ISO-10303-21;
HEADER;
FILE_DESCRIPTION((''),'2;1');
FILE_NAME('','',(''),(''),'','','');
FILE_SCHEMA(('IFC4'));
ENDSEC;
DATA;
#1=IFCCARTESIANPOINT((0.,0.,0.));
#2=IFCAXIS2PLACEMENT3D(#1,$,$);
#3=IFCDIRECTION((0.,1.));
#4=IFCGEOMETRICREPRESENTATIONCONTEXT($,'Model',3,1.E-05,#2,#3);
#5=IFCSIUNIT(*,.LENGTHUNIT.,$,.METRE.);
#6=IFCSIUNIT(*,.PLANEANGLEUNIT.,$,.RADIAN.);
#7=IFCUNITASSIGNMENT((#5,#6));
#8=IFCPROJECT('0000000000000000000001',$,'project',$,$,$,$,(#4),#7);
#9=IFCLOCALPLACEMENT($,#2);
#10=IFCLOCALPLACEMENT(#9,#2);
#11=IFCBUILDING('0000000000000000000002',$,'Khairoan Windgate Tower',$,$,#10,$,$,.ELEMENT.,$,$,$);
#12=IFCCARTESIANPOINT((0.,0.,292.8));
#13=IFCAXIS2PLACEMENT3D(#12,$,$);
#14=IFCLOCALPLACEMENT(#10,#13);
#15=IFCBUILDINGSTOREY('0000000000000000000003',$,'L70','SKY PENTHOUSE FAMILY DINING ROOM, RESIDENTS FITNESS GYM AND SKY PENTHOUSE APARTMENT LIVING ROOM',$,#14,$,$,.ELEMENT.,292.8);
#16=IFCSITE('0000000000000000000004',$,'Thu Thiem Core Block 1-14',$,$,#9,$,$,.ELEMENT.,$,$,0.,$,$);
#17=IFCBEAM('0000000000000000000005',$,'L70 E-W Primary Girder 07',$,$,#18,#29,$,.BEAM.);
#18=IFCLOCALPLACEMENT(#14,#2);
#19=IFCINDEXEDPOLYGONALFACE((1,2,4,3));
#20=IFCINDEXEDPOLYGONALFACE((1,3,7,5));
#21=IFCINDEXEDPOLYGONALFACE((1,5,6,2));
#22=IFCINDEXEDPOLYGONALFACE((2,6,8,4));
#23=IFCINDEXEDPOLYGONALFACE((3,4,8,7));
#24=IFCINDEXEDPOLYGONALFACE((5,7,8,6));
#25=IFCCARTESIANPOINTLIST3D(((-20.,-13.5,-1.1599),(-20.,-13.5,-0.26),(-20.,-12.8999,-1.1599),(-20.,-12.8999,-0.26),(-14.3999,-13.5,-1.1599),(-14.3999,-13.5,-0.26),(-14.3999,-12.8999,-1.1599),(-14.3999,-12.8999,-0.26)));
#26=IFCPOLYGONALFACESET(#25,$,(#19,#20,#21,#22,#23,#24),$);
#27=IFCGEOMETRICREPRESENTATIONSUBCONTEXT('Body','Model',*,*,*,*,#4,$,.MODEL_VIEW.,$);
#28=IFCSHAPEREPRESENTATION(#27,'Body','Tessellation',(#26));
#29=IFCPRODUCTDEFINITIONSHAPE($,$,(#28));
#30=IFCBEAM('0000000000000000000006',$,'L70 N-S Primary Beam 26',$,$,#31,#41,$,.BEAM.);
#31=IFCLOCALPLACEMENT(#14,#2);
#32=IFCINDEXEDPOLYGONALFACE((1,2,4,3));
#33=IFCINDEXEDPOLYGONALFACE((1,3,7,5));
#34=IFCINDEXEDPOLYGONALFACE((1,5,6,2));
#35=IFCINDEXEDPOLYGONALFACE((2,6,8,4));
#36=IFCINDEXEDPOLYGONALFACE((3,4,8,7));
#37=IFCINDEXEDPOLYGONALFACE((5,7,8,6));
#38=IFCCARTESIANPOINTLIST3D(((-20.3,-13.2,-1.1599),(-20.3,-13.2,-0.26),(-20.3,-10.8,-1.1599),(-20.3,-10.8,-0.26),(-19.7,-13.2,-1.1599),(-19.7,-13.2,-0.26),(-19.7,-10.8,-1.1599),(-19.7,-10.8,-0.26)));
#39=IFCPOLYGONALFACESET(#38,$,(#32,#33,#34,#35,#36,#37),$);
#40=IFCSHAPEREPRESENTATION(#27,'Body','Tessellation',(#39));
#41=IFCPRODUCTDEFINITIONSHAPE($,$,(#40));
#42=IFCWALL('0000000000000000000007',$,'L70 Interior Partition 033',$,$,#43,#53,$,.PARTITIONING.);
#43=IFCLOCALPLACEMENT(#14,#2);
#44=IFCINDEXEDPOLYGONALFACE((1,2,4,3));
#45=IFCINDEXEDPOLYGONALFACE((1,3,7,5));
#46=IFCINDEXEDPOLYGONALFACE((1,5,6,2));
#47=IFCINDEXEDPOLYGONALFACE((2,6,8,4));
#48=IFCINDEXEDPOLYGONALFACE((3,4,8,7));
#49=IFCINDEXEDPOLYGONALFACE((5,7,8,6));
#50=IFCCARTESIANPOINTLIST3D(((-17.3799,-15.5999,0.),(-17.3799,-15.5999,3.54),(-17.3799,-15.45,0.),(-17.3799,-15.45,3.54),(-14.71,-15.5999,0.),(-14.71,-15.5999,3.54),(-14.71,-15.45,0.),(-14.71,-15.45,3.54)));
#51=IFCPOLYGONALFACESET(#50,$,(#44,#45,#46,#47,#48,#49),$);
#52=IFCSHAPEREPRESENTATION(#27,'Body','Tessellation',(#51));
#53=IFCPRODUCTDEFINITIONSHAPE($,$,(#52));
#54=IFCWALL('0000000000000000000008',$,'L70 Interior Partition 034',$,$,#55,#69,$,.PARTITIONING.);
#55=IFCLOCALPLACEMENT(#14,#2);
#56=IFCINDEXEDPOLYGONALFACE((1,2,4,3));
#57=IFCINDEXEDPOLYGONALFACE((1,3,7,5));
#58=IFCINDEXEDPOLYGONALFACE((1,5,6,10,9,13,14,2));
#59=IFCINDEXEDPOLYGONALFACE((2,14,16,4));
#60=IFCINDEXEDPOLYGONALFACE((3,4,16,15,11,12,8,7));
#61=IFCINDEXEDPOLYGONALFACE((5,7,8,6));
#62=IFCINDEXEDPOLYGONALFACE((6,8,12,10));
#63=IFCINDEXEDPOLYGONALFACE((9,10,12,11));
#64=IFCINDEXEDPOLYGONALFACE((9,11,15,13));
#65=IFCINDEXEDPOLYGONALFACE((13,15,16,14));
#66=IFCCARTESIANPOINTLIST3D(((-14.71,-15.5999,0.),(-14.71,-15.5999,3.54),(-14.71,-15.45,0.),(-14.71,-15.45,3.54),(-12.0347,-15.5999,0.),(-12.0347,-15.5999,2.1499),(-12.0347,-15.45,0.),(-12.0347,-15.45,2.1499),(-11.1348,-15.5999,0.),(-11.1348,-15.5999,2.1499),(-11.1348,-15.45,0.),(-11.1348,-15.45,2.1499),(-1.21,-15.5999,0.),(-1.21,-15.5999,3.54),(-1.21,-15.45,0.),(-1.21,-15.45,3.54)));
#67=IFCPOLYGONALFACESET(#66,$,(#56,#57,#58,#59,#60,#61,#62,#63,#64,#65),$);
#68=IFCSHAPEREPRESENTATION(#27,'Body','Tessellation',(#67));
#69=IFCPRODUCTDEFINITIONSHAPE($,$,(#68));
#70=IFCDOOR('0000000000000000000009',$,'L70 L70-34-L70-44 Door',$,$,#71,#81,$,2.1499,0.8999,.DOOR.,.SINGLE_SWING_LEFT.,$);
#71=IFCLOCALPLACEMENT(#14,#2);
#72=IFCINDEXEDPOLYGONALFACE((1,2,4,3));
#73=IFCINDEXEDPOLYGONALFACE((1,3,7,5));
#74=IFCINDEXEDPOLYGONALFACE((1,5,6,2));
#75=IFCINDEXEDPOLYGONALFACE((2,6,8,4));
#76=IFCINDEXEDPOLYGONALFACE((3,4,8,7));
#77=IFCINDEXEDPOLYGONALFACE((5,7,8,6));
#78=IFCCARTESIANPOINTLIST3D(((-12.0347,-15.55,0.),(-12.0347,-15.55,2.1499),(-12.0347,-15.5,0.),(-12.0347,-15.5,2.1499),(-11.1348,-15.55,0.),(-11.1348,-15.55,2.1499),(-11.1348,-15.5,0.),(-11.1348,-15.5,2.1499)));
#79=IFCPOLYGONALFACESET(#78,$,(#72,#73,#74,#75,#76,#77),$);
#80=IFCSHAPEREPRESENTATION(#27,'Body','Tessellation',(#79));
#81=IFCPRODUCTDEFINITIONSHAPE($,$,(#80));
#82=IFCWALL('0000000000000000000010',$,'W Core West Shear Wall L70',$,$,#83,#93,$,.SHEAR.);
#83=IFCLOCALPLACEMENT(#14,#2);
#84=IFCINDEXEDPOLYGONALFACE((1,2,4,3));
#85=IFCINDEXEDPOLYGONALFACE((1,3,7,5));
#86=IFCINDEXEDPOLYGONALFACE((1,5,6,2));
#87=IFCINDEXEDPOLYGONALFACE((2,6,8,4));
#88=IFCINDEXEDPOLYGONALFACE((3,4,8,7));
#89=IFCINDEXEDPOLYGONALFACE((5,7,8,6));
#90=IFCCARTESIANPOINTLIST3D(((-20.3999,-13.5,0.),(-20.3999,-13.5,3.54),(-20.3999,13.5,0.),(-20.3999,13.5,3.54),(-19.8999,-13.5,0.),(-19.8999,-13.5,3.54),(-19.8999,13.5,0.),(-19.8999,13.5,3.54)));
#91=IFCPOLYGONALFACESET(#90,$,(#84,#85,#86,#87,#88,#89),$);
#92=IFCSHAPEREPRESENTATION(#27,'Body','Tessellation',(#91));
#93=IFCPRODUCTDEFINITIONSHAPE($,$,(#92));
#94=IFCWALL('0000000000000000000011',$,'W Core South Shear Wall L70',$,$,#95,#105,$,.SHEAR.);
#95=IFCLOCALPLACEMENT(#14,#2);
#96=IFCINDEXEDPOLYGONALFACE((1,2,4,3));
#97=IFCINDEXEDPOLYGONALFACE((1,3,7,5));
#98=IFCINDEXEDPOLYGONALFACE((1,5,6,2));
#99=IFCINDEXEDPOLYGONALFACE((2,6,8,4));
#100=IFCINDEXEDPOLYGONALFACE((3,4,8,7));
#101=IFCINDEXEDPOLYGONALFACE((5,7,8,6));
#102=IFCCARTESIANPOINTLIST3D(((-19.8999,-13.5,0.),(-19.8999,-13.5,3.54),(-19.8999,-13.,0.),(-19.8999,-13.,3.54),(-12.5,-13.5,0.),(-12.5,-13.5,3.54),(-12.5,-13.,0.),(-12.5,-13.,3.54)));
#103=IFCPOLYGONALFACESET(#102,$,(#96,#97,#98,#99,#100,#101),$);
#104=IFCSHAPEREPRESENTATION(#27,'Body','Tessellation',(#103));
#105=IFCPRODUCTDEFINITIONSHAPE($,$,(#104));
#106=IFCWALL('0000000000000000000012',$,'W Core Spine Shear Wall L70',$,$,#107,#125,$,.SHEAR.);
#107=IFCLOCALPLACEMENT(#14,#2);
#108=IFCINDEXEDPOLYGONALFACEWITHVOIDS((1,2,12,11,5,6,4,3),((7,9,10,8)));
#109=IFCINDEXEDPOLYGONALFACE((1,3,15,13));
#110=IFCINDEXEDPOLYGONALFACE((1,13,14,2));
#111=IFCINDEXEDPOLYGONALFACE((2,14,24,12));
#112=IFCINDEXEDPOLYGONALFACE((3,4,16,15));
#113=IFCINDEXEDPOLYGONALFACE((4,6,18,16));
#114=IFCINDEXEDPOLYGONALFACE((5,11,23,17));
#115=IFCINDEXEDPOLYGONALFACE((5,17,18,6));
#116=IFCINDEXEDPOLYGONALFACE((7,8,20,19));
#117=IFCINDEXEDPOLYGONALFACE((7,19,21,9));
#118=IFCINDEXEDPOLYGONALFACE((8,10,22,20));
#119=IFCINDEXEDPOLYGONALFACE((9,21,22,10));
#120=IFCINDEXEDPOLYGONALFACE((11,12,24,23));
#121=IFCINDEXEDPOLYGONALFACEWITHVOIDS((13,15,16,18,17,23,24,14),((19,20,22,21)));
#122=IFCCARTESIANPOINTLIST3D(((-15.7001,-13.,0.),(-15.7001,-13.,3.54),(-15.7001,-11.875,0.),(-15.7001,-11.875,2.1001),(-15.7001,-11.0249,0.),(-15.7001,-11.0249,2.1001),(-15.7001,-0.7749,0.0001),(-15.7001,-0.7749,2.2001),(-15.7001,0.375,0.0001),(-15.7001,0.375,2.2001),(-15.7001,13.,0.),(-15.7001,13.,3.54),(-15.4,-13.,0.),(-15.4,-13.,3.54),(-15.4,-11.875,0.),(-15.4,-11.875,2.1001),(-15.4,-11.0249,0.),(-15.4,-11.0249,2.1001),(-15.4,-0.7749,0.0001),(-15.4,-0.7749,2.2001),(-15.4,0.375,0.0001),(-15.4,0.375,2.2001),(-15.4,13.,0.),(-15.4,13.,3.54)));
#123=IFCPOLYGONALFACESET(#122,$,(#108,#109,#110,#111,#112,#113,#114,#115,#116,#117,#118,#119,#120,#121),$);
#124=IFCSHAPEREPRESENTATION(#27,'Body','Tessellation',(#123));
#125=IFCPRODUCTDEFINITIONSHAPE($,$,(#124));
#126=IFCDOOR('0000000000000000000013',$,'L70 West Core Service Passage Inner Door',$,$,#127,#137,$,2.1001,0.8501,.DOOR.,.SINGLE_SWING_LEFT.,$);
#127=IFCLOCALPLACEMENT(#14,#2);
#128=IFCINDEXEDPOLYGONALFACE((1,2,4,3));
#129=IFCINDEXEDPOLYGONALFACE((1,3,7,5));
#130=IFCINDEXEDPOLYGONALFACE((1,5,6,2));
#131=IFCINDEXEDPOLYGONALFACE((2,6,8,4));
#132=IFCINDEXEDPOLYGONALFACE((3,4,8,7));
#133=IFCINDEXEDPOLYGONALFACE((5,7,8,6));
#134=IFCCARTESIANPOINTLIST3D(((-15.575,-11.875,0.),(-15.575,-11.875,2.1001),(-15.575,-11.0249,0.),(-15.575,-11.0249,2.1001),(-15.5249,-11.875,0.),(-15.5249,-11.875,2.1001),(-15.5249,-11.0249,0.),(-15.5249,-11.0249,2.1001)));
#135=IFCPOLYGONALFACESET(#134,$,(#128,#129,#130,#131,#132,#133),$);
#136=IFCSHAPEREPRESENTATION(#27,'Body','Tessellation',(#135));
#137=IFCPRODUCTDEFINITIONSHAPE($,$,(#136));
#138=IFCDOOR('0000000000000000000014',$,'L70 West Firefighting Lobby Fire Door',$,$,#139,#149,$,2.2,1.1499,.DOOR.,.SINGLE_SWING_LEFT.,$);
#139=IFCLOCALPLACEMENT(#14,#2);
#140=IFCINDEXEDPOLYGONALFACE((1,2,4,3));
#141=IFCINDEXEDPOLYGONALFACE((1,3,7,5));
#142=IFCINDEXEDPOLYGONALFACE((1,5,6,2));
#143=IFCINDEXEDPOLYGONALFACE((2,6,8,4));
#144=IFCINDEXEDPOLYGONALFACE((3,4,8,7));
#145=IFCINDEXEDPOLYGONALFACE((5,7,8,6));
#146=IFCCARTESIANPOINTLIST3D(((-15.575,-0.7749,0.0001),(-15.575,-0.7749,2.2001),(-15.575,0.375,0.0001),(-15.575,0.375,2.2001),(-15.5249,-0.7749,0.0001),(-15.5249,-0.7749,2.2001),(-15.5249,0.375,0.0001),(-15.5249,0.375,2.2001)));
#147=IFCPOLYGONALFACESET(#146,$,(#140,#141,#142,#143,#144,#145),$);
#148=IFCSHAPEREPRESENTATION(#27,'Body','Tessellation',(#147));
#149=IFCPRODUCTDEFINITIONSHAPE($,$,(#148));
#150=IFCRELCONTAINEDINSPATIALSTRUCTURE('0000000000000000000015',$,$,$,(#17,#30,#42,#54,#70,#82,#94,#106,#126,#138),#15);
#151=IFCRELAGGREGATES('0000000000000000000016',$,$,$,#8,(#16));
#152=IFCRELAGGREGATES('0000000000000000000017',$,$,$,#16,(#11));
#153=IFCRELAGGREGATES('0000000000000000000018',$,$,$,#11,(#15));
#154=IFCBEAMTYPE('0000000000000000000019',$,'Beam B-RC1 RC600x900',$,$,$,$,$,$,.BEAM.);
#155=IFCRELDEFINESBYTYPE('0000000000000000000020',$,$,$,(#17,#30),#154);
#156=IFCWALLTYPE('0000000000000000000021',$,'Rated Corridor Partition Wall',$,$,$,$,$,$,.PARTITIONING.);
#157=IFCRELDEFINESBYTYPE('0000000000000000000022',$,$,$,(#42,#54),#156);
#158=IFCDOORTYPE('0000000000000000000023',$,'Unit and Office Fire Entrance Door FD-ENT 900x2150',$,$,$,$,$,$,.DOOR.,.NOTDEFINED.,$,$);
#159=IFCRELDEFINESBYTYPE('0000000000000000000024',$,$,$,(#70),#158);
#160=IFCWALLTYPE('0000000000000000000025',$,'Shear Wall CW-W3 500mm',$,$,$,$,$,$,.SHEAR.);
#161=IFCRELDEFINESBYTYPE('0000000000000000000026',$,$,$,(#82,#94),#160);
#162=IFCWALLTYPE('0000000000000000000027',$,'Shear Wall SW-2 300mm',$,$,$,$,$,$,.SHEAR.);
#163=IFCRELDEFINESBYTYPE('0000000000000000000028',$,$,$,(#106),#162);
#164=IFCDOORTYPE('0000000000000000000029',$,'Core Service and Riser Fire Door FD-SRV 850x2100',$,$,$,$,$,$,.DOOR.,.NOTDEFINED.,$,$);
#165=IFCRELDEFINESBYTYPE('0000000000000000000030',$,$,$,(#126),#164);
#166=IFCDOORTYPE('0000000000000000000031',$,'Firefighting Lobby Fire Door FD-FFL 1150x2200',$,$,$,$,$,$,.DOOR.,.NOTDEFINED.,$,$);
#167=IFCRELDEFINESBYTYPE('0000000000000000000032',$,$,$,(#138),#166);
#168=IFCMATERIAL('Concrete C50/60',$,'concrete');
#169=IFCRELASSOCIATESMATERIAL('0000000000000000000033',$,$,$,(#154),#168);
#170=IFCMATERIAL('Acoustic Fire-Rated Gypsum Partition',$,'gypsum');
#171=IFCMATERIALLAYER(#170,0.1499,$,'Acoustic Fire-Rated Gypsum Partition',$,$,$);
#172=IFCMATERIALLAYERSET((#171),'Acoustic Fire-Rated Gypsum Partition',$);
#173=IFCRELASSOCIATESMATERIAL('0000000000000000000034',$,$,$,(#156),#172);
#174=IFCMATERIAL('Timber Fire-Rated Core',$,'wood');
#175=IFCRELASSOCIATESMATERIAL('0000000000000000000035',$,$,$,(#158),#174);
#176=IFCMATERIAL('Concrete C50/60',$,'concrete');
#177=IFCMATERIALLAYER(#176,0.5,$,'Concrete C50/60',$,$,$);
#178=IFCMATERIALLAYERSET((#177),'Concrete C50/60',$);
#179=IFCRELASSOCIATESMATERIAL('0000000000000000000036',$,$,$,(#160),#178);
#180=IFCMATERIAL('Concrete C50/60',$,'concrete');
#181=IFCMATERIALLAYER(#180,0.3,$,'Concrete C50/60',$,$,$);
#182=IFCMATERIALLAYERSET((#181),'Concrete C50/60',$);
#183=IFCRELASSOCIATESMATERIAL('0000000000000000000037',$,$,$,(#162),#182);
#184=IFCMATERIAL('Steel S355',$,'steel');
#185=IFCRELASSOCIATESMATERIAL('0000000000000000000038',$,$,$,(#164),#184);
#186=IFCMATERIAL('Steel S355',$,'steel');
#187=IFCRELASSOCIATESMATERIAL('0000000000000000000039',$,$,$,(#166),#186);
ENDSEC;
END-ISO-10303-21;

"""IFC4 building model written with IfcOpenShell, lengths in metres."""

from ifc_helpers import new_model, si_unit, direction, frame, frame_2d, origin, origin_2d, place, context, subcontext, project, spatial, rectangle, extrude, material, layer, layer_set, material_profile, profile_set, type_object, element, fill, save


model = new_model("IFC4")

# Units and contexts
model_context = context("Model", 3, precision=1e-05, world=origin(), true_north=direction((0.0, 1.0)))
body_context = subcontext(model_context, "Body", "Model", "MODEL_VIEW")
ifc_project = project(units=[si_unit("LENGTHUNIT", "METRE"), si_unit("PLANEANGLEUNIT", "RADIAN")], contexts=[model_context])

# Site, building, storey
site_placement = place(None, origin())
site = spatial("IfcSite", under=ifc_project, at=site_placement, Name="Thu Thiem Core Block 1-14", CompositionType="ELEMENT", RefElevation=0.0)
building_placement = place(site_placement, origin())
building = spatial("IfcBuilding", under=site, at=building_placement, Name="Khairoan Windgate Tower", CompositionType="ELEMENT")
storey_placement = place(building_placement, frame((0.0, 0.0, 292.8)))
storey = spatial("IfcBuildingStorey", under=building, at=storey_placement, Name="L70", Description="SKY PENTHOUSE FAMILY DINING ROOM, RESIDENTS FITNESS GYM AND SKY PENTHOUSE APARTMENT LIVING ROOM", CompositionType="ELEMENT", Elevation=292.8)

# Beams
ifc_material_1 = material(Name="Concrete C50/60", Category="concrete")
ifc_material_profile_1 = material_profile(ifc_material_1, rectangle(XDim=0.6001, YDim=0.8999, at=origin_2d()))
ifc_profile_set_1 = profile_set([ifc_material_profile_1], Name="Concrete C50/60")
beam_type = type_object("IfcBeamType", Name="Beam B-RC1 RC600x900", PredefinedType="BEAM", material=ifc_profile_set_1)
beam_1_placement = place(storey_placement, frame((-20.0, -13.2, -0.71), z_axis=(1.0, 0.0, 0.0), x_axis=(0.0, 1.0, 0.0)))
element("IfcBeam", 1, at=beam_1_placement, inside=storey, type_object=beam_type, Name="L70 E-W Primary Girder 07", PredefinedType="BEAM", context=body_context, shape_type="SweptSolid", body=[
    extrude(rectangle(XDim=0.6001, YDim=0.8999, at=origin_2d()), origin(), (0.0, 0.0, 1.0), 5.6001),
])
beam_2_placement = place(storey_placement, frame((-20.0, -13.2, -0.71), z_axis=(0.0, 1.0, 0.0), x_axis=(-1.0, 0.0, 0.0)))
element("IfcBeam", 2, at=beam_2_placement, inside=storey, type_object=beam_type, Name="L70 N-S Primary Beam 26", PredefinedType="BEAM", context=body_context, shape_type="SweptSolid", body=[
    extrude(rectangle(XDim=0.6001, YDim=0.8999, at=origin_2d()), origin(), (0.0, 0.0, 1.0), 2.3999),
])

# Wall
ifc_material_2 = material(Name="Acoustic Fire-Rated Gypsum Partition", Category="gypsum")
ifc_layer_1 = layer(ifc_material_2, 0.1499, Name="Acoustic Fire-Rated Gypsum Partition")
ifc_layer_set_1 = layer_set([ifc_layer_1], Name="Acoustic Fire-Rated Gypsum Partition")
wall_type_1 = type_object("IfcWallType", Name="Rated Corridor Partition Wall", PredefinedType="PARTITIONING", material=ifc_layer_set_1)
wall_1_placement = place(storey_placement, frame((-17.3799, -15.5249, 0.0), z_axis=(0.0, 0.0, 1.0), x_axis=(1.0, 0.0, 0.0)))
element("IfcWall", 3, at=wall_1_placement, inside=storey, type_object=wall_type_1, Name="L70 Interior Partition 033", PredefinedType="PARTITIONING", context=body_context, shape_type="SweptSolid", body=[
    extrude(rectangle(XDim=2.6699, YDim=0.1499, at=frame_2d((1.335, 0.0))), origin(), (0.0, 0.0, 1.0), 3.54),
])

# Wall, opening, door
wall_2_placement = place(storey_placement, frame((-14.71, -15.5249, 0.0), z_axis=(0.0, 0.0, 1.0), x_axis=(1.0, 0.0, 0.0)))
wall_2 = element("IfcWall", 4, at=wall_2_placement, inside=storey, type_object=wall_type_1, Name="L70 Interior Partition 034", PredefinedType="PARTITIONING", context=body_context, shape_type="SweptSolid", body=[
    extrude(rectangle(XDim=13.5, YDim=0.1499, at=frame_2d((6.75, 0.0))), origin(), (0.0, 0.0, 1.0), 3.54),
])
opening_1_placement = place(wall_2_placement, frame((2.6753, 0.0, 0.0)))
opening_1 = element("IfcOpeningElement", 5, at=opening_1_placement, cuts=wall_2, PredefinedType="OPENING", context=body_context, shape_type="SweptSolid", body=[
    extrude(rectangle(XDim=0.8999, YDim=2.1499, at=frame_2d((0.45, 1.075))), frame((0.0, 0.085, 0.0), z_axis=(0.0, -1.0, 0.0), x_axis=(1.0, 0.0, 0.0)), (0.0, 0.0, 1.0), 0.1699),
])
ifc_material_3 = material(Name="Timber Fire-Rated Core", Category="wood")
door_type_1 = type_object("IfcDoorType", Name="Unit and Office Fire Entrance Door FD-ENT 900x2150", OperationType="NOTDEFINED", PredefinedType="DOOR", material=ifc_material_3)
door_1_placement = place(opening_1_placement, origin())
door_1 = element("IfcDoor", 6, at=door_1_placement, inside=storey, type_object=door_type_1, Name="L70 L70-34-L70-44 Door", OperationType="SINGLE_SWING_LEFT", OverallHeight=2.1499, OverallWidth=0.8999, PredefinedType="DOOR", context=body_context, shape_type="SweptSolid", body=[
    extrude(rectangle(XDim=0.8999, YDim=2.1499, at=frame_2d((0.45, 1.075))), frame((0.0, 0.0249, 0.0), z_axis=(0.0, -1.0, 0.0), x_axis=(1.0, 0.0, 0.0)), (0.0, 0.0, 1.0), 0.05),
])
fill(opening_1, door_1)

# Walls
ifc_material_4 = material(Name="Concrete C50/60", Category="concrete")
ifc_layer_2 = layer(ifc_material_4, 0.5, Name="Concrete C50/60")
ifc_layer_set_2 = layer_set([ifc_layer_2], Name="Concrete C50/60")
wall_type_2 = type_object("IfcWallType", Name="Shear Wall CW-W3 500mm", PredefinedType="SHEAR", material=ifc_layer_set_2)
wall_3_placement = place(storey_placement, frame((-20.1499, -13.5, 0.0), z_axis=(0.0, 0.0, 1.0), x_axis=(0.0, 1.0, 0.0)))
element("IfcWall", 7, at=wall_3_placement, inside=storey, type_object=wall_type_2, Name="W Core West Shear Wall L70", PredefinedType="SHEAR", context=body_context, shape_type="SweptSolid", body=[
    extrude(rectangle(XDim=27.0, YDim=0.5, at=frame_2d((13.5, 0.0))), origin(), (0.0, 0.0, 1.0), 3.54),
])
wall_4_placement = place(storey_placement, frame((-19.8999, -13.25, 0.0), z_axis=(0.0, 0.0, 1.0), x_axis=(1.0, 0.0, 0.0)))
element("IfcWall", 8, at=wall_4_placement, inside=storey, type_object=wall_type_2, Name="W Core South Shear Wall L70", PredefinedType="SHEAR", context=body_context, shape_type="SweptSolid", body=[
    extrude(rectangle(XDim=7.3999, YDim=0.5, at=frame_2d((3.7, 0.0))), origin(), (0.0, 0.0, 1.0), 3.54),
])

# Wall, openings, doors
ifc_material_5 = material(Name="Concrete C50/60", Category="concrete")
ifc_layer_3 = layer(ifc_material_5, 0.3, Name="Concrete C50/60")
ifc_layer_set_3 = layer_set([ifc_layer_3], Name="Concrete C50/60")
wall_type_3 = type_object("IfcWallType", Name="Shear Wall SW-2 300mm", PredefinedType="SHEAR", material=ifc_layer_set_3)
wall_5_placement = place(storey_placement, frame((-15.55, -13.0, 0.0), z_axis=(0.0, 0.0, 1.0), x_axis=(0.0, 1.0, 0.0)))
wall_5 = element("IfcWall", 9, at=wall_5_placement, inside=storey, type_object=wall_type_3, Name="W Core Spine Shear Wall L70", PredefinedType="SHEAR", context=body_context, shape_type="SweptSolid", body=[
    extrude(rectangle(XDim=26.0, YDim=0.3, at=frame_2d((13.0, 0.0))), origin(), (0.0, 0.0, 1.0), 3.54),
])
opening_2_placement = place(wall_5_placement, frame((12.2251, 0.0, 0.0)))
opening_2 = element("IfcOpeningElement", 10, at=opening_2_placement, cuts=wall_5, PredefinedType="OPENING", context=body_context, shape_type="SweptSolid", body=[
    extrude(rectangle(XDim=1.1499, YDim=2.2, at=frame_2d((0.575, 1.1001))), frame((0.0, 0.1599, 0.0), z_axis=(0.0, -1.0, 0.0), x_axis=(1.0, 0.0, 0.0)), (0.0, 0.0, 1.0), 0.3201),
])
opening_3_placement = place(wall_5_placement, frame((1.125, 0.0, 0.0)))
opening_3 = element("IfcOpeningElement", 11, at=opening_3_placement, cuts=wall_5, PredefinedType="OPENING", context=body_context, shape_type="SweptSolid", body=[
    extrude(rectangle(XDim=0.8501, YDim=2.1001, at=frame_2d((0.425, 1.05))), frame((0.0, 0.1599, 0.0), z_axis=(0.0, -1.0, 0.0), x_axis=(1.0, 0.0, 0.0)), (0.0, 0.0, 1.0), 0.3201),
])
ifc_material_6 = material(Name="Steel S355", Category="steel")
door_type_2 = type_object("IfcDoorType", Name="Core Service and Riser Fire Door FD-SRV 850x2100", OperationType="NOTDEFINED", PredefinedType="DOOR", material=ifc_material_6)
door_2_placement = place(opening_3_placement, origin())
door_2 = element("IfcDoor", 12, at=door_2_placement, inside=storey, type_object=door_type_2, Name="L70 West Core Service Passage Inner Door", OperationType="SINGLE_SWING_LEFT", OverallHeight=2.1001, OverallWidth=0.8501, PredefinedType="DOOR", context=body_context, shape_type="SweptSolid", body=[
    extrude(rectangle(XDim=0.8501, YDim=2.1001, at=frame_2d((0.425, 1.05))), frame((0.0, 0.0249, 0.0), z_axis=(0.0, -1.0, 0.0), x_axis=(1.0, 0.0, 0.0)), (0.0, 0.0, 1.0), 0.05),
])
fill(opening_3, door_2)
ifc_material_7 = material(Name="Steel S355", Category="steel")
door_type_3 = type_object("IfcDoorType", Name="Firefighting Lobby Fire Door FD-FFL 1150x2200", OperationType="NOTDEFINED", PredefinedType="DOOR", material=ifc_material_7)
door_3_placement = place(opening_2_placement, origin())
door_3 = element("IfcDoor", 13, at=door_3_placement, inside=storey, type_object=door_type_3, Name="L70 West Firefighting Lobby Fire Door", OperationType="SINGLE_SWING_LEFT", OverallHeight=2.2, OverallWidth=1.1499, PredefinedType="DOOR", context=body_context, shape_type="SweptSolid", body=[
    extrude(rectangle(XDim=1.1499, YDim=2.2, at=frame_2d((0.575, 1.1001))), frame((0.0, 0.0249, 0.0), z_axis=(0.0, -1.0, 0.0), x_axis=(1.0, 0.0, 0.0)), (0.0, 0.0, 1.0), 0.05),
])
fill(opening_2, door_3)

save(model, "model.ifc")
